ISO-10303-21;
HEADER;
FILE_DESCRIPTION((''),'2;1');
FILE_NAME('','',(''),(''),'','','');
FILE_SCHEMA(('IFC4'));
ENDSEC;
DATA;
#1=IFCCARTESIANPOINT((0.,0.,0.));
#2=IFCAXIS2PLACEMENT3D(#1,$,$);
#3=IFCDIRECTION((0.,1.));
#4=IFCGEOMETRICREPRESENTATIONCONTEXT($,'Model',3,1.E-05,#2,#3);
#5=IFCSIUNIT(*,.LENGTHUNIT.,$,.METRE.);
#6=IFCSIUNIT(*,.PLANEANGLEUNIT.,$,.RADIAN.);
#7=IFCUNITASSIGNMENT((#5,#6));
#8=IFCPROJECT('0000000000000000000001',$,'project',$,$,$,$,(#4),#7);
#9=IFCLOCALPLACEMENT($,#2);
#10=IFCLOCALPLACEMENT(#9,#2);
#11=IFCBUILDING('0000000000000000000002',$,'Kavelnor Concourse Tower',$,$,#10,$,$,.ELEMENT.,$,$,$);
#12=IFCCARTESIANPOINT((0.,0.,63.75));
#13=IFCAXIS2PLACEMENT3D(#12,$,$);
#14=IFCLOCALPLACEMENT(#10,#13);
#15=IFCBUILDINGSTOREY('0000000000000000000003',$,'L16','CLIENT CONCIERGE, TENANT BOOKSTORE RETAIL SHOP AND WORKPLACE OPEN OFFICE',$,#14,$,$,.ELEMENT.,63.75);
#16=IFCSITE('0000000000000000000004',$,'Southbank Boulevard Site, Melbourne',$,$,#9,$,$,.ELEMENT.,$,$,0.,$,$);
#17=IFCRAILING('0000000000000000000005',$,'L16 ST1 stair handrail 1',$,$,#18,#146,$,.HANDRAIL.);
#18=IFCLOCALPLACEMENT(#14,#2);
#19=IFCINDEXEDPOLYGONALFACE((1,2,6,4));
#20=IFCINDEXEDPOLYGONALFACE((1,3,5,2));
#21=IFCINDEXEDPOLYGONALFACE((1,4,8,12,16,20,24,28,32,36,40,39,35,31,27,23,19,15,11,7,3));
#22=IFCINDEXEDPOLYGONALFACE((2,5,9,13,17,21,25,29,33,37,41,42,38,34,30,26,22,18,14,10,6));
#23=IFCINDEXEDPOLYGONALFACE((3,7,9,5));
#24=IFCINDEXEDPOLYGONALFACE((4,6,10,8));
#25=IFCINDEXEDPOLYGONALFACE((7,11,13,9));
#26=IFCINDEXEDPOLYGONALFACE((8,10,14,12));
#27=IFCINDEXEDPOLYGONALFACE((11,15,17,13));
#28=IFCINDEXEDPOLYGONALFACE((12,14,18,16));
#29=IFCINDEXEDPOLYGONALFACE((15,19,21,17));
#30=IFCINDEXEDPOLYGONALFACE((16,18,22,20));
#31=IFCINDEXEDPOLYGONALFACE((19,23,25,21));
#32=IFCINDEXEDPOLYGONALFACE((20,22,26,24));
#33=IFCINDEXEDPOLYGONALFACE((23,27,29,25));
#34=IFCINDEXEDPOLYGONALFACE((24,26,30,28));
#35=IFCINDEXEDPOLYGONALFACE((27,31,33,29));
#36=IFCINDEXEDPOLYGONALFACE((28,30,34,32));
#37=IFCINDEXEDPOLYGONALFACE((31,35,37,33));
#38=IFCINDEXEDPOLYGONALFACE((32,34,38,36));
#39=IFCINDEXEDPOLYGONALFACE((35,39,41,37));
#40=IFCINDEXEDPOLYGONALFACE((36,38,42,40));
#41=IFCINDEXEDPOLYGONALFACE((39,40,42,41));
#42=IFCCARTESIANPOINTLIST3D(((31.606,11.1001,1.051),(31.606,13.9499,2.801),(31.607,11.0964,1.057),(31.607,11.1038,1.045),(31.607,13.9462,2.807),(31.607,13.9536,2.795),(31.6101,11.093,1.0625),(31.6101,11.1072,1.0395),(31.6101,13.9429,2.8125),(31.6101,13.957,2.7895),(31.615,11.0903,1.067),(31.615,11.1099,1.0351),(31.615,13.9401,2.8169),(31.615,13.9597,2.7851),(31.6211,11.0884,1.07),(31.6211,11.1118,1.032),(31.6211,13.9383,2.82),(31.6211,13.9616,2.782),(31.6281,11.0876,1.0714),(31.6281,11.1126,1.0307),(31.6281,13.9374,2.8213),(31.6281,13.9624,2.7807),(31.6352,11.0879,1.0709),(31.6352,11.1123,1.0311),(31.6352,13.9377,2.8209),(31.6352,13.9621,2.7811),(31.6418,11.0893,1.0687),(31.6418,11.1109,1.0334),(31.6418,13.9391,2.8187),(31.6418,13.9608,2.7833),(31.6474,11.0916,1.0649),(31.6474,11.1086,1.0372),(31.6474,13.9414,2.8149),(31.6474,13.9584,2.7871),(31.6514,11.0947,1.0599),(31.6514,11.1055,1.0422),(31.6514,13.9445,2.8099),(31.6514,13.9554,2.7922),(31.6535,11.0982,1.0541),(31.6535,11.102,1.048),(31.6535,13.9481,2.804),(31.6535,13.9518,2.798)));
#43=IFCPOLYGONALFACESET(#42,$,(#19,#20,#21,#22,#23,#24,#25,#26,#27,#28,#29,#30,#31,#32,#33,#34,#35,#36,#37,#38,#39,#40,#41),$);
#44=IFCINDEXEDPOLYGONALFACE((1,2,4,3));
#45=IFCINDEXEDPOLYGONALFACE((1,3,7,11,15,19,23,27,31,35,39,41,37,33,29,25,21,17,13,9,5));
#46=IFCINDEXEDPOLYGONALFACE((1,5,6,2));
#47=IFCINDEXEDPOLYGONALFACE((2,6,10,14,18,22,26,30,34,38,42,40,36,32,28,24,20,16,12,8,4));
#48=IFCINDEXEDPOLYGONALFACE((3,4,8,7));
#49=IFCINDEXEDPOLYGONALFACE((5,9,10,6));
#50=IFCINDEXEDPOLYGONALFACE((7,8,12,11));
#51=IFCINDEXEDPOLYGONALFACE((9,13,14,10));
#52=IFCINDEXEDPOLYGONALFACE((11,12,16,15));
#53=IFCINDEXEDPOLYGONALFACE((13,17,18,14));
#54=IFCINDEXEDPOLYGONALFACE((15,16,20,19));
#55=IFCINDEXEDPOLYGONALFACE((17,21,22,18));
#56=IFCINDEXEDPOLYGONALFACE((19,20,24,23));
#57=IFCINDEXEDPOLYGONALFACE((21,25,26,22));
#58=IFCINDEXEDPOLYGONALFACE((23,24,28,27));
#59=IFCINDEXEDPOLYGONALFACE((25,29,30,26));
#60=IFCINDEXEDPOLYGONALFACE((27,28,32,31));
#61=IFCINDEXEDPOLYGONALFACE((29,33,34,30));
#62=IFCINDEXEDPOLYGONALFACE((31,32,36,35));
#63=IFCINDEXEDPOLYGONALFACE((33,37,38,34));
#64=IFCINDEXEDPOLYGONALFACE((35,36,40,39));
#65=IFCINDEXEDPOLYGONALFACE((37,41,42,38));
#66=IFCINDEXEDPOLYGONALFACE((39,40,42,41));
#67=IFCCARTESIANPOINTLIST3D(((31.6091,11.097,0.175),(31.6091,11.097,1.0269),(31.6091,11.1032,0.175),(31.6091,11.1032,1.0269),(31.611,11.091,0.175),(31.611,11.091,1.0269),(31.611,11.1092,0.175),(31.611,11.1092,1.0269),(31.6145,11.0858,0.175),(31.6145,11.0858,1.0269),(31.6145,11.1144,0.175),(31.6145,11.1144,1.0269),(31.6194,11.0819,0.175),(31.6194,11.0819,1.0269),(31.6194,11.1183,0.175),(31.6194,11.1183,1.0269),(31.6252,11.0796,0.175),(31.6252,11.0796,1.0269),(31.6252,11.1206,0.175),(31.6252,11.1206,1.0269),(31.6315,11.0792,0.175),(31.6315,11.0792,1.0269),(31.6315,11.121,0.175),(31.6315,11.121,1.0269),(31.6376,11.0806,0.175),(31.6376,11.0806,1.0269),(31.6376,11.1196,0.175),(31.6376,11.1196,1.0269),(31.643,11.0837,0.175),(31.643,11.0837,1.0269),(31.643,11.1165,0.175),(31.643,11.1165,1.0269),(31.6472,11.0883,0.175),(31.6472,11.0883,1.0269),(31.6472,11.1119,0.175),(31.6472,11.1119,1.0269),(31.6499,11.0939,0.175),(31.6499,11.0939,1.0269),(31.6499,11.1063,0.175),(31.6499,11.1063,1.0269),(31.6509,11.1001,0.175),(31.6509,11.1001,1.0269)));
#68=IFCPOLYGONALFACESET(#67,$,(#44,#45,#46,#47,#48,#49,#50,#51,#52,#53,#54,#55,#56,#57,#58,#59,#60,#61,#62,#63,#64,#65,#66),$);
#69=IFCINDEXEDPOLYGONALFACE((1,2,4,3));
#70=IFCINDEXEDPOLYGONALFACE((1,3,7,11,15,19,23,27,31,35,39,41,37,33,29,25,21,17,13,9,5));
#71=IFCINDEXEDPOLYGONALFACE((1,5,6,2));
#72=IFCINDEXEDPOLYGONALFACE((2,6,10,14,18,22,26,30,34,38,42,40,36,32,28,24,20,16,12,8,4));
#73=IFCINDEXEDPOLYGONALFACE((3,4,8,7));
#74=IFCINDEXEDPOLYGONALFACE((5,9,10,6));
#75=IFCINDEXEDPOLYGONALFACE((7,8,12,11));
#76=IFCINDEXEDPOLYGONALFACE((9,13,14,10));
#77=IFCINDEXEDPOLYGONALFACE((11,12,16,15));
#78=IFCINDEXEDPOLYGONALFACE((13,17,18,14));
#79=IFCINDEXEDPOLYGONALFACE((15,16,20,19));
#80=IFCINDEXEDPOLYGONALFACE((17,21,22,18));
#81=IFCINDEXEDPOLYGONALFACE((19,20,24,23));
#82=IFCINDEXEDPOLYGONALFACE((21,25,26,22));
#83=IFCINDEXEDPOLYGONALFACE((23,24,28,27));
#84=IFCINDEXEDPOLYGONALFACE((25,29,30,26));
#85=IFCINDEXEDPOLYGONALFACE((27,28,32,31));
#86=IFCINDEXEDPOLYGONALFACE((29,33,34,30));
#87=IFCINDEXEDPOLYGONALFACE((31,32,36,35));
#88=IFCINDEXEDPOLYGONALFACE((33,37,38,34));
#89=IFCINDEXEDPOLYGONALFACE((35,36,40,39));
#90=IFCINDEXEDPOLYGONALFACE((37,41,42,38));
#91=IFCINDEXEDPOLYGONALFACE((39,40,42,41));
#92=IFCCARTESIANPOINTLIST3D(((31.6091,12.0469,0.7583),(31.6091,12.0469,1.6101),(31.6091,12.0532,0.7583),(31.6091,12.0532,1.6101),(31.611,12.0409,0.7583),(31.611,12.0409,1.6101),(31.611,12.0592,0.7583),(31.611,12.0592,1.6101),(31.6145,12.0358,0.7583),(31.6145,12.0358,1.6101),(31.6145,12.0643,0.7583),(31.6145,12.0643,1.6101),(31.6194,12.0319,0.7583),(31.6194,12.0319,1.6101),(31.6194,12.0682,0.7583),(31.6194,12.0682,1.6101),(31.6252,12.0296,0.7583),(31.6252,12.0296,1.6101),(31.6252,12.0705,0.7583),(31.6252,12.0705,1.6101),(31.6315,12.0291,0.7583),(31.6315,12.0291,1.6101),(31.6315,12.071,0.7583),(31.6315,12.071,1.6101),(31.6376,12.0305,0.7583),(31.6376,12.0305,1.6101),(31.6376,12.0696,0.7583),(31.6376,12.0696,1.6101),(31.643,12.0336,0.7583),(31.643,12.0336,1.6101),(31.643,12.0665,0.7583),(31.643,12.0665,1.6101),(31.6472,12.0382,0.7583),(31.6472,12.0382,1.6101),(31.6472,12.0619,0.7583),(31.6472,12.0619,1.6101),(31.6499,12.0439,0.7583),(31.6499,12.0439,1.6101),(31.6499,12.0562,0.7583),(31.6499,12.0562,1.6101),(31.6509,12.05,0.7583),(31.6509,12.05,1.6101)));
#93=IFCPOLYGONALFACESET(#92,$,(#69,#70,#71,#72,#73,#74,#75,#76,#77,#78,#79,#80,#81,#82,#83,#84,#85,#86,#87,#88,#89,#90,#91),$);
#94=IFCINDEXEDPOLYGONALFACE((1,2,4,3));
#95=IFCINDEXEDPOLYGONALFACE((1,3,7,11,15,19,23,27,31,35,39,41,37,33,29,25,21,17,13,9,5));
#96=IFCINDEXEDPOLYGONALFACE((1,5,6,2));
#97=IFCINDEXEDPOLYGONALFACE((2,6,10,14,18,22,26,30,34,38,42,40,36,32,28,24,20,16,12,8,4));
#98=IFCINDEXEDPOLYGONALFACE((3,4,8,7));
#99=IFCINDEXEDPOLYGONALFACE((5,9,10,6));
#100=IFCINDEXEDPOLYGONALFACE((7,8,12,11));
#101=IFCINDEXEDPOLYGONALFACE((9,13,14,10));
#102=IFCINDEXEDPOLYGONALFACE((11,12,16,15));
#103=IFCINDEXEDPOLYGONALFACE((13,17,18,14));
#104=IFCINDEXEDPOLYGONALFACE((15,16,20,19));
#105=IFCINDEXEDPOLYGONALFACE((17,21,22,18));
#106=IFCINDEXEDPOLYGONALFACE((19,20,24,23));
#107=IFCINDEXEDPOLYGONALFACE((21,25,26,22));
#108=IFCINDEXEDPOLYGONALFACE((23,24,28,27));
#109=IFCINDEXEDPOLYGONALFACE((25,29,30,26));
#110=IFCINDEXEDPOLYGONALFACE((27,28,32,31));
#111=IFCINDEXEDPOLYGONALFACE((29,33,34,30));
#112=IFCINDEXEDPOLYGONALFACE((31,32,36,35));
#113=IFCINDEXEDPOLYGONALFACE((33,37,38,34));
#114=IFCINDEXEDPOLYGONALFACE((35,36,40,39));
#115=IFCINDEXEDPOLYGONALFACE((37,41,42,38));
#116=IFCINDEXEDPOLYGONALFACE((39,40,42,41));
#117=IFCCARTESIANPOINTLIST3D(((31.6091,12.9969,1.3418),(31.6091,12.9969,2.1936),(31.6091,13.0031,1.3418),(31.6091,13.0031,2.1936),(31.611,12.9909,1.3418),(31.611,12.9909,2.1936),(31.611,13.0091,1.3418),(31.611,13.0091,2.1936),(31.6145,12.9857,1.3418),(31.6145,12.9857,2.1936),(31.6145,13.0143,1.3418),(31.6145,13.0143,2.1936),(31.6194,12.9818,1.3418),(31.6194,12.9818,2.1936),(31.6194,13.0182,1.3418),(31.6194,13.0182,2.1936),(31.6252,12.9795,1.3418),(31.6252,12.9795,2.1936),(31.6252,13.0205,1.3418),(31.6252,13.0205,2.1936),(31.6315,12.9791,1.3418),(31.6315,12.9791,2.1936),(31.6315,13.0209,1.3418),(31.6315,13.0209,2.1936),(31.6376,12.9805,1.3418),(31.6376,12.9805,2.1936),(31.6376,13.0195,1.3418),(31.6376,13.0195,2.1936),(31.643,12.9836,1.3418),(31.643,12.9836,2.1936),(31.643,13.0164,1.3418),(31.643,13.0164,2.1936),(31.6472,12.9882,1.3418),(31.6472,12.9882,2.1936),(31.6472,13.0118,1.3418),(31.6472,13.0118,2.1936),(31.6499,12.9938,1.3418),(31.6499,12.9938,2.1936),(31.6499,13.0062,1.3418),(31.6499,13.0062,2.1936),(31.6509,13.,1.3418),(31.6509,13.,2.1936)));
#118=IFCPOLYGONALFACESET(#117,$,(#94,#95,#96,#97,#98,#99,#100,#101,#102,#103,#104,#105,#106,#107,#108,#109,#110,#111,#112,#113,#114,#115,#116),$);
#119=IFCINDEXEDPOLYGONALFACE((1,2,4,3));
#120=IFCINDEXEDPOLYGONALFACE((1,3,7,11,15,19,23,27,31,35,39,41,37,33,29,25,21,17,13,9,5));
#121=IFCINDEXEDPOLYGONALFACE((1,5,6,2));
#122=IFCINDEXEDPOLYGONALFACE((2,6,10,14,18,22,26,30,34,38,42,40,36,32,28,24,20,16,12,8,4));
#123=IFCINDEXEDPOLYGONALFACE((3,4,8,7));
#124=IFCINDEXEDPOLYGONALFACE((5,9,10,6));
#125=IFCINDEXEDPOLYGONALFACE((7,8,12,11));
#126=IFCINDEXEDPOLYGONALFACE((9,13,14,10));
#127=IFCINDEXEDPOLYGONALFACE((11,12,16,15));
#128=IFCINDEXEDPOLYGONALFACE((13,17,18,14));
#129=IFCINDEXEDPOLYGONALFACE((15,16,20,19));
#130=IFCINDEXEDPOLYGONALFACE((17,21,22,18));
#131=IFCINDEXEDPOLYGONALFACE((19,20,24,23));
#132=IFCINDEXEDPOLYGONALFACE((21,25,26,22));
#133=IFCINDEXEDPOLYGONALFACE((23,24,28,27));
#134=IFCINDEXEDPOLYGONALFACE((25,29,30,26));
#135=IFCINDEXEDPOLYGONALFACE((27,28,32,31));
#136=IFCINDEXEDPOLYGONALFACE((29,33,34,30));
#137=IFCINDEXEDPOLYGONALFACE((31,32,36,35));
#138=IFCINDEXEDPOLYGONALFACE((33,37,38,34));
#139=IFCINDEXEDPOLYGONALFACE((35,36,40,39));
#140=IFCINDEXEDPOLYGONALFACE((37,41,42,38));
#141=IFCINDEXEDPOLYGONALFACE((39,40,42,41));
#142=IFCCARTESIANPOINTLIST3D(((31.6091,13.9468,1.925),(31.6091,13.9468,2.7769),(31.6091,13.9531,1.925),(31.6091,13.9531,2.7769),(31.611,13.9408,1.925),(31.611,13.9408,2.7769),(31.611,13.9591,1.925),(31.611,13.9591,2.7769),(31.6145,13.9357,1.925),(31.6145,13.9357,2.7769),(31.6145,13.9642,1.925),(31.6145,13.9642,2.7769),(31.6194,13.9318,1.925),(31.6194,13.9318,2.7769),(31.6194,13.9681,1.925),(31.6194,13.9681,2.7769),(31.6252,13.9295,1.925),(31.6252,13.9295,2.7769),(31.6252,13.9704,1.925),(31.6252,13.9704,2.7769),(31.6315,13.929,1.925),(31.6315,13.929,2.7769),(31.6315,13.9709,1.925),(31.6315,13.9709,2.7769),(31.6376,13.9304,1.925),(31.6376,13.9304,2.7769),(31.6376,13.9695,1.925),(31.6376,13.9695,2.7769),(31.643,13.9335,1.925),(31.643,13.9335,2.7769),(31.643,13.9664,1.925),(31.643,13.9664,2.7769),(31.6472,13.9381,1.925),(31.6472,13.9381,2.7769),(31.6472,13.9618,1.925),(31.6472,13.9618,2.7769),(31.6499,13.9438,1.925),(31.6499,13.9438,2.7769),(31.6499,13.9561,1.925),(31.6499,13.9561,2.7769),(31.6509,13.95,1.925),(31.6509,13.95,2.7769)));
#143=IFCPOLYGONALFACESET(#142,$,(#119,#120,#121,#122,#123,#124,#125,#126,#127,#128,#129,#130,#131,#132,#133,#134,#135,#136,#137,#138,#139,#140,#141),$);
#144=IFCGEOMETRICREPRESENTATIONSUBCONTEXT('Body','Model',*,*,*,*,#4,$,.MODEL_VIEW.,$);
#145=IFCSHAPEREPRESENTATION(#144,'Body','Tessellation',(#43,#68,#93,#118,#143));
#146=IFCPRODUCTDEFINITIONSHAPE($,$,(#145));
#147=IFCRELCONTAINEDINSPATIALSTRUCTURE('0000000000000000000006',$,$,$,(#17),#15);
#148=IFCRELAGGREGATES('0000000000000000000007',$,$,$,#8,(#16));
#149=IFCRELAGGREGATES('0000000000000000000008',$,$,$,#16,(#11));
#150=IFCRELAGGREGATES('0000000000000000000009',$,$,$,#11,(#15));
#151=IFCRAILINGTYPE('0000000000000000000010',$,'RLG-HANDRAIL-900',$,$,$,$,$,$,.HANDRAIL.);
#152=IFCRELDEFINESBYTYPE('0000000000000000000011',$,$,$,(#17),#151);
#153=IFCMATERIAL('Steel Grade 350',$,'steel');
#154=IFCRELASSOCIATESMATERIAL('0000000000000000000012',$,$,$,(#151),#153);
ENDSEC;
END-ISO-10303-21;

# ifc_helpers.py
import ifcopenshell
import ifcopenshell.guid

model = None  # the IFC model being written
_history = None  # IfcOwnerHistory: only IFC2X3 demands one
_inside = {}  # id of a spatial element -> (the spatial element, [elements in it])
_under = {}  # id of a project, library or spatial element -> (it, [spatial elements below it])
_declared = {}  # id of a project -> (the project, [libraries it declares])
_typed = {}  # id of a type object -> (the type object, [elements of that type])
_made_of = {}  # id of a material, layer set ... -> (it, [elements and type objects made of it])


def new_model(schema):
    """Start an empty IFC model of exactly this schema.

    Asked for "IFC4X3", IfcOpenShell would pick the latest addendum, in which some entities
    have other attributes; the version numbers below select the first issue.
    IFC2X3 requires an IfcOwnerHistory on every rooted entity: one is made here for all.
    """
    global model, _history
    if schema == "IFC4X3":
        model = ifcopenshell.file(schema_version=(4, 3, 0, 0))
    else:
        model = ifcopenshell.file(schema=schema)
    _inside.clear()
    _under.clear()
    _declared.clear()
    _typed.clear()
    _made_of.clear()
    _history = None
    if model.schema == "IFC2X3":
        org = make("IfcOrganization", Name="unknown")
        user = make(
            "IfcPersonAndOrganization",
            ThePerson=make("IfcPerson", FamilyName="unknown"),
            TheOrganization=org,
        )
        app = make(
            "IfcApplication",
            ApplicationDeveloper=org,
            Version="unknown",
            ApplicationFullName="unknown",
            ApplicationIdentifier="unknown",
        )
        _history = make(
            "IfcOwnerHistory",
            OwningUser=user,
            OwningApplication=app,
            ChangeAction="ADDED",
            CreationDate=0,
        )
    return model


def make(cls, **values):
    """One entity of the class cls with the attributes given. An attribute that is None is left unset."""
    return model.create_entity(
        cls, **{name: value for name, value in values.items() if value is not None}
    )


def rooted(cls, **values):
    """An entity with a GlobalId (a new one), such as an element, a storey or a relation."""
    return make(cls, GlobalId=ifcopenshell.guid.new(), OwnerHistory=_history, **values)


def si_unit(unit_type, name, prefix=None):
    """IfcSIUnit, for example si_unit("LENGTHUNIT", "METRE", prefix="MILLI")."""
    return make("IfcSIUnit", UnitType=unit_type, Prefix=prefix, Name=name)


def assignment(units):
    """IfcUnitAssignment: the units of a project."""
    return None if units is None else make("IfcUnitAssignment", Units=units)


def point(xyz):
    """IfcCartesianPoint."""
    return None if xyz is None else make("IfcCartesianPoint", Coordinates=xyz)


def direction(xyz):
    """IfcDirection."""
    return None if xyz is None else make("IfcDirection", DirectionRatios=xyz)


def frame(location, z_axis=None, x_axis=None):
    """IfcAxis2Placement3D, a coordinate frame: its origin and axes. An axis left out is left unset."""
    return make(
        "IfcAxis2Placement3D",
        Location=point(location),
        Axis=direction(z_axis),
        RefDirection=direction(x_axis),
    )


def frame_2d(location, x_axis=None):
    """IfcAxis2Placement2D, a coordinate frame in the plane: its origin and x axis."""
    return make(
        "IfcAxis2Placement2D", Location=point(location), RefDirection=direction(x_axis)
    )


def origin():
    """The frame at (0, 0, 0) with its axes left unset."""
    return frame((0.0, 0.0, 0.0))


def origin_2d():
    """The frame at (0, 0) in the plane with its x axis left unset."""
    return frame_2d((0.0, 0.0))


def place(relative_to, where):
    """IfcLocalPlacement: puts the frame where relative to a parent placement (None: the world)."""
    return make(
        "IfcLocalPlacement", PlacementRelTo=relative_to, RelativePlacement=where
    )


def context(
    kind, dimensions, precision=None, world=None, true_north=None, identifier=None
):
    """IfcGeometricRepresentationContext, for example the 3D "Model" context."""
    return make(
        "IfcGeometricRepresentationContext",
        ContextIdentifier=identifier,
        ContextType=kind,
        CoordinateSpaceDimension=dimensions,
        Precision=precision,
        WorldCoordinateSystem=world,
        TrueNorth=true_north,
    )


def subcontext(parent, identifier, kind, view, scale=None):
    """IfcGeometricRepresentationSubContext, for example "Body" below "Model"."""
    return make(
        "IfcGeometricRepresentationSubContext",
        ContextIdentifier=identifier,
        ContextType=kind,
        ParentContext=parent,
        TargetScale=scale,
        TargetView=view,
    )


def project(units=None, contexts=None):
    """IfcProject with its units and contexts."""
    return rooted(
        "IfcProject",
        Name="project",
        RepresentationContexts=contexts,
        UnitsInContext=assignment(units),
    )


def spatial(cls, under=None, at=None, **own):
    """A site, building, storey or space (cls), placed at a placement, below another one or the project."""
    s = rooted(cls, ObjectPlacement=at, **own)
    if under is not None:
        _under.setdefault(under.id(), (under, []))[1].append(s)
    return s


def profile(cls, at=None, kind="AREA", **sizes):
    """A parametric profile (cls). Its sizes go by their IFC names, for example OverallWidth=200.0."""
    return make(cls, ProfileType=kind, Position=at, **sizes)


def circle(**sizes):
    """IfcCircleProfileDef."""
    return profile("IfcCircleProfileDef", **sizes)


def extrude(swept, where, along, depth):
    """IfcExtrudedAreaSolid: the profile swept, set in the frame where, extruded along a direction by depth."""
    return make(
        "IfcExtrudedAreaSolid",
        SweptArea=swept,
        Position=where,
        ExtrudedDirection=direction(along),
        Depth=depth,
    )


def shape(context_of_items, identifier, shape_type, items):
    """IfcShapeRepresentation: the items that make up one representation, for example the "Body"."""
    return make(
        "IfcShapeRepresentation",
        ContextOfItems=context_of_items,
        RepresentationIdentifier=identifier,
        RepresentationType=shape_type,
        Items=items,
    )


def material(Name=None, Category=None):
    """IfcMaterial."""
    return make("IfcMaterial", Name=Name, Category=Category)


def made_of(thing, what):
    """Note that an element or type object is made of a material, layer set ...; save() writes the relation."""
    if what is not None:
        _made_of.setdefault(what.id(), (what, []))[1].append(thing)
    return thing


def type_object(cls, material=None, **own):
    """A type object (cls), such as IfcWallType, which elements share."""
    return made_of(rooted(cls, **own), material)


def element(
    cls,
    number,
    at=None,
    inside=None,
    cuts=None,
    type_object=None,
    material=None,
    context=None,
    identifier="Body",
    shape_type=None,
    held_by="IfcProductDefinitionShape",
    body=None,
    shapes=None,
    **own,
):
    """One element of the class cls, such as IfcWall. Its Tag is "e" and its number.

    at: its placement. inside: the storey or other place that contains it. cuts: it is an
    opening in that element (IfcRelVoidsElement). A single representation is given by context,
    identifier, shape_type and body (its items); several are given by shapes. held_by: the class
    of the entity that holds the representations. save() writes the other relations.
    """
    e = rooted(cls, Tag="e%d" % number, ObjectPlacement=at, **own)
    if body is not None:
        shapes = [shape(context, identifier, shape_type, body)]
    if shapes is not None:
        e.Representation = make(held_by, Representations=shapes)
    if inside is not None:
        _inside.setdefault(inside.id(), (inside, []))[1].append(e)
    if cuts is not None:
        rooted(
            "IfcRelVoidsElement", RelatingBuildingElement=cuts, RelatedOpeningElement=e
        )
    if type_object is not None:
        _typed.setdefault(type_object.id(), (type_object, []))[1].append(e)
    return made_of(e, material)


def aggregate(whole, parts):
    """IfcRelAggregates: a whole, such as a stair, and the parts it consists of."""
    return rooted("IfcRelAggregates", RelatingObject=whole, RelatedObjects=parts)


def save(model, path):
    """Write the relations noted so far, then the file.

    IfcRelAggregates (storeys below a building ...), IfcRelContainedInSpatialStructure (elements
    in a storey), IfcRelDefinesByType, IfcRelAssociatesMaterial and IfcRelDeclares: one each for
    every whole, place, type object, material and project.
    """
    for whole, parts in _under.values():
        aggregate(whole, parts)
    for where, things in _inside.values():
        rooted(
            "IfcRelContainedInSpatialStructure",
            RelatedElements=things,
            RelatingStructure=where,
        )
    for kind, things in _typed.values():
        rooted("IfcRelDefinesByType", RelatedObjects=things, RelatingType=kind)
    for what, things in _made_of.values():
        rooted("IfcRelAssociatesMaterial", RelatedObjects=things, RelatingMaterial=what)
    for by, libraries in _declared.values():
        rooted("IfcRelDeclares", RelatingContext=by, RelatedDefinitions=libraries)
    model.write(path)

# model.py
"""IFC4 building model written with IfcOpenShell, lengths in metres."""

from ifc_helpers import new_model, si_unit, direction, frame, origin, origin_2d, place, context, subcontext, project, spatial, circle, extrude, material, type_object, element, save


model = new_model("IFC4")

# Units and contexts
model_context = context("Model", 3, precision=1e-05, world=origin(), true_north=direction((0.0, 1.0)))
body_context = subcontext(model_context, "Body", "Model", "MODEL_VIEW")
ifc_project = project(units=[si_unit("LENGTHUNIT", "METRE"), si_unit("PLANEANGLEUNIT", "RADIAN")], contexts=[model_context])

# Site, building, storey
site_placement = place(None, origin())
site = spatial("IfcSite", under=ifc_project, at=site_placement, Name="Southbank Boulevard Site, Melbourne", CompositionType="ELEMENT", RefElevation=0.0)
building_placement = place(site_placement, origin())
building = spatial("IfcBuilding", under=site, at=building_placement, Name="Kavelnor Concourse Tower", CompositionType="ELEMENT")
storey_placement = place(building_placement, frame((0.0, 0.0, 63.75)))
storey = spatial("IfcBuildingStorey", under=building, at=storey_placement, Name="L16", Description="CLIENT CONCIERGE, TENANT BOOKSTORE RETAIL SHOP AND WORKPLACE OPEN OFFICE", CompositionType="ELEMENT", Elevation=63.75)

# Shared definitions
ifc_material_1 = material(Name="Steel Grade 350", Category="steel")

# Railing
railing_type_1 = type_object("IfcRailingType", Name="RLG-HANDRAIL-900", PredefinedType="HANDRAIL", material=ifc_material_1)
railing_1_placement = place(storey_placement, frame((31.6299, 11.1001, 0.175)))
element("IfcRailing", 1, at=railing_1_placement, inside=storey, type_object=railing_type_1, Name="L16 ST1 stair handrail 1", PredefinedType="HANDRAIL", context=body_context, shape_type="SweptSolid", body=[
    extrude(circle(Radius=0.0239, at=origin_2d()), frame((0.0, 0.0, 0.876), z_axis=(0.0, 0.852159, 0.523283), x_axis=(-1.0, 0.0, 0.0)), (0.0, 0.0, 1.0), 3.3442),
    extrude(circle(Radius=0.021, at=origin_2d()), origin(), (0.0, 0.0, 1.0), 0.8518),
    extrude(circle(Radius=0.021, at=origin_2d()), frame((0.0, 0.95, 0.5833)), (0.0, 0.0, 1.0), 0.8518),
    extrude(circle(Radius=0.021, at=origin_2d()), frame((0.0, 1.8999, 1.1667)), (0.0, 0.0, 1.0), 0.8518),
    extrude(circle(Radius=0.021, at=origin_2d()), frame((0.0, 2.8499, 1.75)), (0.0, 0.0, 1.0), 0.8518),
])

save(model, "model.ifc")
